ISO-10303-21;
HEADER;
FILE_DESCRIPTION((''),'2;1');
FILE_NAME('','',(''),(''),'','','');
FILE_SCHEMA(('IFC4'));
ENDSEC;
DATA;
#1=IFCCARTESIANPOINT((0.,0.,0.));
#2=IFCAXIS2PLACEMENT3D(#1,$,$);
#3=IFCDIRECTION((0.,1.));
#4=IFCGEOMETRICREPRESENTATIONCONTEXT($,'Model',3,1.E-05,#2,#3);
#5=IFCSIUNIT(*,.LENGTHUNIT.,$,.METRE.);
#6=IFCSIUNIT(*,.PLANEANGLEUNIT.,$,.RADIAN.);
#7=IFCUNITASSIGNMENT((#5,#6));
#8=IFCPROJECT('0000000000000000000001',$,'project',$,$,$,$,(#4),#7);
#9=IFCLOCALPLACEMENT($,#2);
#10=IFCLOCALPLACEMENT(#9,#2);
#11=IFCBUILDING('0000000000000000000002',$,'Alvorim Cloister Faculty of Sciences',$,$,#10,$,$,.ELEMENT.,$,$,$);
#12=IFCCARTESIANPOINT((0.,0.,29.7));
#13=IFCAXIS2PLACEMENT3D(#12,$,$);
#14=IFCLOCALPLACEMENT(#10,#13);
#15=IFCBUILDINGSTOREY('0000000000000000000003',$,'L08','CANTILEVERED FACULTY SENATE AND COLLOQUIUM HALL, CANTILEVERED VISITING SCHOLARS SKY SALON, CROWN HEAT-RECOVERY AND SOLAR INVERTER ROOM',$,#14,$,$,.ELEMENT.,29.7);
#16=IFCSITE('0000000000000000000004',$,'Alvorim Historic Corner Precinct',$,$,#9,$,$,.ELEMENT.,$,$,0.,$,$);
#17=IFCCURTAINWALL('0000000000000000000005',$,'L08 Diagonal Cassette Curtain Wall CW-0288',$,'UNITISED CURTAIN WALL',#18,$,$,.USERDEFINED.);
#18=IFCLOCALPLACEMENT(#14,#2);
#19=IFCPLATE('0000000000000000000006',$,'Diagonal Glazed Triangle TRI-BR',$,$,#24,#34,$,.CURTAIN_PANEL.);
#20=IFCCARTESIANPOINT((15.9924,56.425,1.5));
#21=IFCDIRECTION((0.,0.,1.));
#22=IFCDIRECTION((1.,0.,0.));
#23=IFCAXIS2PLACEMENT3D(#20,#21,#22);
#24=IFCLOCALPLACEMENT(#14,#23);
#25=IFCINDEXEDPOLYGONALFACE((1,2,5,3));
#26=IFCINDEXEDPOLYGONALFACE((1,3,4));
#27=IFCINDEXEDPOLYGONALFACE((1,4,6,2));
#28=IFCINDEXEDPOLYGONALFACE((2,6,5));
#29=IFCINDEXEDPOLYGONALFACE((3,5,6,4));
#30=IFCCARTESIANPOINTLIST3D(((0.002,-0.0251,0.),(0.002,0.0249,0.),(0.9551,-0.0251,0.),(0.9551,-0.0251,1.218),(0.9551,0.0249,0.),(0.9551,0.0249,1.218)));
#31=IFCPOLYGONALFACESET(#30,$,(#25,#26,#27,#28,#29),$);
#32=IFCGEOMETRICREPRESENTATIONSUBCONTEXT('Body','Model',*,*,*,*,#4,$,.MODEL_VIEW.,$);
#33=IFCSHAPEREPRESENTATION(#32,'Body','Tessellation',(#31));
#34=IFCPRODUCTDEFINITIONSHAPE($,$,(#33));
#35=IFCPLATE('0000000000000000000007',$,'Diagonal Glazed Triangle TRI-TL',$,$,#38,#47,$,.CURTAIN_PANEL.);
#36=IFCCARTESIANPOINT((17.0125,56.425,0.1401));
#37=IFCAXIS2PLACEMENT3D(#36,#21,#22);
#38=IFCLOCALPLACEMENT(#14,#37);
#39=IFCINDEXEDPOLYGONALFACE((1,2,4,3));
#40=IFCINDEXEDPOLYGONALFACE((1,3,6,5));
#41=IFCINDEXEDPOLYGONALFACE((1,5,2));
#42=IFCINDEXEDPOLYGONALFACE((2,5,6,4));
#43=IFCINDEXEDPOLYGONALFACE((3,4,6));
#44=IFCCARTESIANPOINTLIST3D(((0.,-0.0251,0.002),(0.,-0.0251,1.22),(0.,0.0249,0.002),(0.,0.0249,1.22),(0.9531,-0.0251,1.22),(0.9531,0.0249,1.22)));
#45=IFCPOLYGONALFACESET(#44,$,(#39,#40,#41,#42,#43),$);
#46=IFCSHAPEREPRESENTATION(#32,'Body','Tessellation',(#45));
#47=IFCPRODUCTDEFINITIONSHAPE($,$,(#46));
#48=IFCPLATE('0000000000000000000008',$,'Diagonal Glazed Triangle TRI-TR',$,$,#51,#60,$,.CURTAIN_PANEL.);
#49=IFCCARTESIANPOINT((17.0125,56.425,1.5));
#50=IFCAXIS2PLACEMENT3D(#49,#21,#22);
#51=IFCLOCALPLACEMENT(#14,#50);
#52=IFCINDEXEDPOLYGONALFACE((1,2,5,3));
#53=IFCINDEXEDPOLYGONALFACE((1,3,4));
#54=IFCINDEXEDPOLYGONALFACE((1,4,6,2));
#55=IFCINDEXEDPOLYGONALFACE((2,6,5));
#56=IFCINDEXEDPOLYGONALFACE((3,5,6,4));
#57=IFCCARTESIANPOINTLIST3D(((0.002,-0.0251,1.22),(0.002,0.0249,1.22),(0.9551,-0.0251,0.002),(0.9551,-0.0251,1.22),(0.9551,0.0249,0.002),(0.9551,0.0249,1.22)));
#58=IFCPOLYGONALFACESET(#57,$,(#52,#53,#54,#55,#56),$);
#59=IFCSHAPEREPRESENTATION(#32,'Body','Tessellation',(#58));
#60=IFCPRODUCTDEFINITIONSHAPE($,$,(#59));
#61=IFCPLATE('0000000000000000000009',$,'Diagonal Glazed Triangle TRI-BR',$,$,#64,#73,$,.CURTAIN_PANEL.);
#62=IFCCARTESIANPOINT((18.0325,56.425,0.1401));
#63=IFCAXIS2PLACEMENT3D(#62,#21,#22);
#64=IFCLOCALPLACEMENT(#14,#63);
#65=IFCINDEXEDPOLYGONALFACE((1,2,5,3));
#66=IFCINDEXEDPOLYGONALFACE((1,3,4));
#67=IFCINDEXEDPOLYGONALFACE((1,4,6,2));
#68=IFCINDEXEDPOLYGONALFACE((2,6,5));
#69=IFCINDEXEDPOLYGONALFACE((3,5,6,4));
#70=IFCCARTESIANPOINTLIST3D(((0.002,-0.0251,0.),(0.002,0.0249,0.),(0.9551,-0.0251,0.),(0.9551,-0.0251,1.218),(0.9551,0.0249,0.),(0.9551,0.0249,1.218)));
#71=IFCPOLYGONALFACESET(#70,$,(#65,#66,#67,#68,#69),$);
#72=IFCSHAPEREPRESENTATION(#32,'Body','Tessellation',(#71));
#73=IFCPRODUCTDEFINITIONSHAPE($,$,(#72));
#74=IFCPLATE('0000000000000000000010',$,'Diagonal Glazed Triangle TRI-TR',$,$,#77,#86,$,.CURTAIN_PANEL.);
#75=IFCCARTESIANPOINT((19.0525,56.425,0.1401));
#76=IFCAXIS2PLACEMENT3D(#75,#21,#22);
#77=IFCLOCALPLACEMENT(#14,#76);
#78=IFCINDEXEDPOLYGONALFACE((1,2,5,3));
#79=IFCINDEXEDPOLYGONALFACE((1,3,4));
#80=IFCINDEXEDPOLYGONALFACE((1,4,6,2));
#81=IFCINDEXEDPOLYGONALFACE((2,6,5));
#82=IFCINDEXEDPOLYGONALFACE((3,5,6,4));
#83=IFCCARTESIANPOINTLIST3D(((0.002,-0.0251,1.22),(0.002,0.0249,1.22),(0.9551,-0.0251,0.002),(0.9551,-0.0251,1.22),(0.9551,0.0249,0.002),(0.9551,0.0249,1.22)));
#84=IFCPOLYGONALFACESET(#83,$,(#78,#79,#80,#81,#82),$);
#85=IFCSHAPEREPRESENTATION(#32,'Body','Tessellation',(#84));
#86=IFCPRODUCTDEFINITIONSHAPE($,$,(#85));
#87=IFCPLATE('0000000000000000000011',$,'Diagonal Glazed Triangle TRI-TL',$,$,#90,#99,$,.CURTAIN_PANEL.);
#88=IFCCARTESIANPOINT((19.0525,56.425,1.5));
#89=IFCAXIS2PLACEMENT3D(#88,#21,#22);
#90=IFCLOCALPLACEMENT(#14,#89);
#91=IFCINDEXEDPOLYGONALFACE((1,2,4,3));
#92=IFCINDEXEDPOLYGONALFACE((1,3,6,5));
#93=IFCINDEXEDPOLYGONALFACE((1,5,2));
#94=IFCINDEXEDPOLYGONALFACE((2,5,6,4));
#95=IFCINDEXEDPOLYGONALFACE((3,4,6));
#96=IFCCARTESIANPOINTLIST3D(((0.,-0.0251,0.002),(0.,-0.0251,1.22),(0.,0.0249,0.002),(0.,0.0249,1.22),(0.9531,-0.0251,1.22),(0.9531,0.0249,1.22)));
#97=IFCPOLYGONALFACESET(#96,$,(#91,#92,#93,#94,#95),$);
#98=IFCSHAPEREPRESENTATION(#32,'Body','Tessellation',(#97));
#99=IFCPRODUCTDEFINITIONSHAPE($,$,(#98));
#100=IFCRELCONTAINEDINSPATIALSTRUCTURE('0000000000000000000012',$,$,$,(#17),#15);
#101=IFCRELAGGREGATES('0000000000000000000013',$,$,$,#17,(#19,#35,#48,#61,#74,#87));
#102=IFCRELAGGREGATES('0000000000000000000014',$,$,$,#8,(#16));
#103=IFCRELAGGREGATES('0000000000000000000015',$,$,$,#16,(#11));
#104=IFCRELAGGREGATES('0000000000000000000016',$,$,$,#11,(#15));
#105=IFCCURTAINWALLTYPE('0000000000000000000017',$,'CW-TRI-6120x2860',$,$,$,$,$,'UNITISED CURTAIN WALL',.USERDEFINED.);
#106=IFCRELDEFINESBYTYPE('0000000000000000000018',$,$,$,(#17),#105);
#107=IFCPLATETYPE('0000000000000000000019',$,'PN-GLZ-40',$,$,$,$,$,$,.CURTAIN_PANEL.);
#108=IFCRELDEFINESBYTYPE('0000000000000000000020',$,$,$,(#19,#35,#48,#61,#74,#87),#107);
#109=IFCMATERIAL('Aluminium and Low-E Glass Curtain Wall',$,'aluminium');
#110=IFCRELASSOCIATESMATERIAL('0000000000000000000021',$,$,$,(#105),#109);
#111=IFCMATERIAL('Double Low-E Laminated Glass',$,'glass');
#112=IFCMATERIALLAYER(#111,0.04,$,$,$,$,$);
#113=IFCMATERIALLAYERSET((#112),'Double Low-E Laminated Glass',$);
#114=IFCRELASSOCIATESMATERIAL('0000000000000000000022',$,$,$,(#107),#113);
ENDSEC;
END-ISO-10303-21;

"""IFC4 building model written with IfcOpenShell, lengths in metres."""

from ifc_helpers import new_model, si_unit, direction, frame, origin, place, context, subcontext, project, spatial, polyline, outline, extrude, material, layer, layer_set, type_object, element, aggregate, save


model = new_model("IFC4")

# Units and contexts
model_context = context("Model", 3, precision=1e-05, world=origin(), true_north=direction((0.0, 1.0)))
body_context = subcontext(model_context, "Body", "Model", "MODEL_VIEW")
ifc_project = project(units=[si_unit("LENGTHUNIT", "METRE"), si_unit("PLANEANGLEUNIT", "RADIAN")], contexts=[model_context])

# Site, building, storey
site_placement = place(None, origin())
site = spatial("IfcSite", under=ifc_project, at=site_placement, Name="Alvorim Historic Corner Precinct", CompositionType="ELEMENT", RefElevation=0.0)
building_placement = place(site_placement, origin())
building = spatial("IfcBuilding", under=site, at=building_placement, Name="Alvorim Cloister Faculty of Sciences", CompositionType="ELEMENT")
storey_placement = place(building_placement, frame((0.0, 0.0, 29.7)))
storey = spatial("IfcBuildingStorey", under=building, at=storey_placement, Name="L08", Description="CANTILEVERED FACULTY SENATE AND COLLOQUIUM HALL, CANTILEVERED VISITING SCHOLARS SKY SALON, CROWN HEAT-RECOVERY AND SOLAR INVERTER ROOM", CompositionType="ELEMENT", Elevation=29.7)

# Curtain wall, plates
ifc_material_1 = material(Name="Aluminium and Low-E Glass Curtain Wall", Category="aluminium")
curtain_wall_type = type_object("IfcCurtainWallType", Name="CW-TRI-6120x2860", ElementType="UNITISED CURTAIN WALL", PredefinedType="USERDEFINED", material=ifc_material_1)
curtain_wall_placement = place(storey_placement, origin())
curtain_wall = element("IfcCurtainWall", 1, at=curtain_wall_placement, inside=storey, type_object=curtain_wall_type, Name="L08 Diagonal Cassette Curtain Wall CW-0288", ObjectType="UNITISED CURTAIN WALL", PredefinedType="USERDEFINED")
ifc_material_2 = material(Name="Double Low-E Laminated Glass", Category="glass")
ifc_layer_1 = layer(ifc_material_2, 0.04)
ifc_layer_set_1 = layer_set([ifc_layer_1], Name="Double Low-E Laminated Glass")
plate_type = type_object("IfcPlateType", Name="PN-GLZ-40", PredefinedType="CURTAIN_PANEL", material=ifc_layer_set_1)
plate_1_placement = place(storey_placement, frame((15.9924, 56.425, 1.5), z_axis=(0.0, 0.0, 1.0), x_axis=(1.0, 0.0, 0.0)))
plate_1 = element("IfcPlate", 2, at=plate_1_placement, type_object=plate_type, Name="Diagonal Glazed Triangle TRI-BR", PredefinedType="CURTAIN_PANEL", context=body_context, shape_type="SweptSolid", body=[
    extrude(outline(polyline([(0.002, 0.0), (0.9551, 0.0), (0.9551, 1.218), (0.002, 0.0)])), frame((0.0, 0.0249, 0.0), z_axis=(0.0, -1.0, 0.0), x_axis=(1.0, 0.0, 0.0)), (0.0, 0.0, 1.0), 0.05),
])
plate_2_placement = place(storey_placement, frame((17.0125, 56.425, 0.1401), z_axis=(0.0, 0.0, 1.0), x_axis=(1.0, 0.0, 0.0)))
plate_2 = element("IfcPlate", 3, at=plate_2_placement, type_object=plate_type, Name="Diagonal Glazed Triangle TRI-TL", PredefinedType="CURTAIN_PANEL", context=body_context, shape_type="SweptSolid", body=[
    extrude(outline(polyline([(0.9531, 1.22), (0.0, 1.22), (0.0, 0.002), (0.9531, 1.22)])), frame((0.0, 0.0249, 0.0), z_axis=(0.0, -1.0, 0.0), x_axis=(1.0, 0.0, 0.0)), (0.0, 0.0, 1.0), 0.05),
])
plate_3_placement = place(storey_placement, frame((17.0125, 56.425, 1.5), z_axis=(0.0, 0.0, 1.0), x_axis=(1.0, 0.0, 0.0)))
plate_3 = element("IfcPlate", 4, at=plate_3_placement, type_object=plate_type, Name="Diagonal Glazed Triangle TRI-TR", PredefinedType="CURTAIN_PANEL", context=body_context, shape_type="SweptSolid", body=[
    extrude(outline(polyline([(0.9551, 0.002), (0.9551, 1.22), (0.002, 1.22), (0.9551, 0.002)])), frame((0.0, 0.0249, 0.0), z_axis=(0.0, -1.0, 0.0), x_axis=(1.0, 0.0, 0.0)), (0.0, 0.0, 1.0), 0.05),
])
plate_4_placement = place(storey_placement, frame((18.0325, 56.425, 0.1401), z_axis=(0.0, 0.0, 1.0), x_axis=(1.0, 0.0, 0.0)))
plate_4 = element("IfcPlate", 5, at=plate_4_placement, type_object=plate_type, Name="Diagonal Glazed Triangle TRI-BR", PredefinedType="CURTAIN_PANEL", context=body_context, shape_type="SweptSolid", body=[
    extrude(outline(polyline([(0.002, 0.0), (0.9551, 0.0), (0.9551, 1.218), (0.002, 0.0)])), frame((0.0, 0.0249, 0.0), z_axis=(0.0, -1.0, 0.0), x_axis=(1.0, 0.0, 0.0)), (0.0, 0.0, 1.0), 0.05),
])
plate_5_placement = place(storey_placement, frame((19.0525, 56.425, 0.1401), z_axis=(0.0, 0.0, 1.0), x_axis=(1.0, 0.0, 0.0)))
plate_5 = element("IfcPlate", 6, at=plate_5_placement, type_object=plate_type, Name="Diagonal Glazed Triangle TRI-TR", PredefinedType="CURTAIN_PANEL", context=body_context, shape_type="SweptSolid", body=[
    extrude(outline(polyline([(0.9551, 0.002), (0.9551, 1.22), (0.002, 1.22), (0.9551, 0.002)])), frame((0.0, 0.0249, 0.0), z_axis=(0.0, -1.0, 0.0), x_axis=(1.0, 0.0, 0.0)), (0.0, 0.0, 1.0), 0.05),
])
plate_6_placement = place(storey_placement, frame((19.0525, 56.425, 1.5), z_axis=(0.0, 0.0, 1.0), x_axis=(1.0, 0.0, 0.0)))
plate_6 = element("IfcPlate", 7, at=plate_6_placement, type_object=plate_type, Name="Diagonal Glazed Triangle TRI-TL", PredefinedType="CURTAIN_PANEL", context=body_context, shape_type="SweptSolid", body=[
    extrude(outline(polyline([(0.9531, 1.22), (0.0, 1.22), (0.0, 0.002), (0.9531, 1.22)])), frame((0.0, 0.0249, 0.0), z_axis=(0.0, -1.0, 0.0), x_axis=(1.0, 0.0, 0.0)), (0.0, 0.0, 1.0), 0.05),
])
aggregate(curtain_wall, [plate_1, plate_2, plate_3, plate_4, plate_5, plate_6])

save(model, "model.ifc")
